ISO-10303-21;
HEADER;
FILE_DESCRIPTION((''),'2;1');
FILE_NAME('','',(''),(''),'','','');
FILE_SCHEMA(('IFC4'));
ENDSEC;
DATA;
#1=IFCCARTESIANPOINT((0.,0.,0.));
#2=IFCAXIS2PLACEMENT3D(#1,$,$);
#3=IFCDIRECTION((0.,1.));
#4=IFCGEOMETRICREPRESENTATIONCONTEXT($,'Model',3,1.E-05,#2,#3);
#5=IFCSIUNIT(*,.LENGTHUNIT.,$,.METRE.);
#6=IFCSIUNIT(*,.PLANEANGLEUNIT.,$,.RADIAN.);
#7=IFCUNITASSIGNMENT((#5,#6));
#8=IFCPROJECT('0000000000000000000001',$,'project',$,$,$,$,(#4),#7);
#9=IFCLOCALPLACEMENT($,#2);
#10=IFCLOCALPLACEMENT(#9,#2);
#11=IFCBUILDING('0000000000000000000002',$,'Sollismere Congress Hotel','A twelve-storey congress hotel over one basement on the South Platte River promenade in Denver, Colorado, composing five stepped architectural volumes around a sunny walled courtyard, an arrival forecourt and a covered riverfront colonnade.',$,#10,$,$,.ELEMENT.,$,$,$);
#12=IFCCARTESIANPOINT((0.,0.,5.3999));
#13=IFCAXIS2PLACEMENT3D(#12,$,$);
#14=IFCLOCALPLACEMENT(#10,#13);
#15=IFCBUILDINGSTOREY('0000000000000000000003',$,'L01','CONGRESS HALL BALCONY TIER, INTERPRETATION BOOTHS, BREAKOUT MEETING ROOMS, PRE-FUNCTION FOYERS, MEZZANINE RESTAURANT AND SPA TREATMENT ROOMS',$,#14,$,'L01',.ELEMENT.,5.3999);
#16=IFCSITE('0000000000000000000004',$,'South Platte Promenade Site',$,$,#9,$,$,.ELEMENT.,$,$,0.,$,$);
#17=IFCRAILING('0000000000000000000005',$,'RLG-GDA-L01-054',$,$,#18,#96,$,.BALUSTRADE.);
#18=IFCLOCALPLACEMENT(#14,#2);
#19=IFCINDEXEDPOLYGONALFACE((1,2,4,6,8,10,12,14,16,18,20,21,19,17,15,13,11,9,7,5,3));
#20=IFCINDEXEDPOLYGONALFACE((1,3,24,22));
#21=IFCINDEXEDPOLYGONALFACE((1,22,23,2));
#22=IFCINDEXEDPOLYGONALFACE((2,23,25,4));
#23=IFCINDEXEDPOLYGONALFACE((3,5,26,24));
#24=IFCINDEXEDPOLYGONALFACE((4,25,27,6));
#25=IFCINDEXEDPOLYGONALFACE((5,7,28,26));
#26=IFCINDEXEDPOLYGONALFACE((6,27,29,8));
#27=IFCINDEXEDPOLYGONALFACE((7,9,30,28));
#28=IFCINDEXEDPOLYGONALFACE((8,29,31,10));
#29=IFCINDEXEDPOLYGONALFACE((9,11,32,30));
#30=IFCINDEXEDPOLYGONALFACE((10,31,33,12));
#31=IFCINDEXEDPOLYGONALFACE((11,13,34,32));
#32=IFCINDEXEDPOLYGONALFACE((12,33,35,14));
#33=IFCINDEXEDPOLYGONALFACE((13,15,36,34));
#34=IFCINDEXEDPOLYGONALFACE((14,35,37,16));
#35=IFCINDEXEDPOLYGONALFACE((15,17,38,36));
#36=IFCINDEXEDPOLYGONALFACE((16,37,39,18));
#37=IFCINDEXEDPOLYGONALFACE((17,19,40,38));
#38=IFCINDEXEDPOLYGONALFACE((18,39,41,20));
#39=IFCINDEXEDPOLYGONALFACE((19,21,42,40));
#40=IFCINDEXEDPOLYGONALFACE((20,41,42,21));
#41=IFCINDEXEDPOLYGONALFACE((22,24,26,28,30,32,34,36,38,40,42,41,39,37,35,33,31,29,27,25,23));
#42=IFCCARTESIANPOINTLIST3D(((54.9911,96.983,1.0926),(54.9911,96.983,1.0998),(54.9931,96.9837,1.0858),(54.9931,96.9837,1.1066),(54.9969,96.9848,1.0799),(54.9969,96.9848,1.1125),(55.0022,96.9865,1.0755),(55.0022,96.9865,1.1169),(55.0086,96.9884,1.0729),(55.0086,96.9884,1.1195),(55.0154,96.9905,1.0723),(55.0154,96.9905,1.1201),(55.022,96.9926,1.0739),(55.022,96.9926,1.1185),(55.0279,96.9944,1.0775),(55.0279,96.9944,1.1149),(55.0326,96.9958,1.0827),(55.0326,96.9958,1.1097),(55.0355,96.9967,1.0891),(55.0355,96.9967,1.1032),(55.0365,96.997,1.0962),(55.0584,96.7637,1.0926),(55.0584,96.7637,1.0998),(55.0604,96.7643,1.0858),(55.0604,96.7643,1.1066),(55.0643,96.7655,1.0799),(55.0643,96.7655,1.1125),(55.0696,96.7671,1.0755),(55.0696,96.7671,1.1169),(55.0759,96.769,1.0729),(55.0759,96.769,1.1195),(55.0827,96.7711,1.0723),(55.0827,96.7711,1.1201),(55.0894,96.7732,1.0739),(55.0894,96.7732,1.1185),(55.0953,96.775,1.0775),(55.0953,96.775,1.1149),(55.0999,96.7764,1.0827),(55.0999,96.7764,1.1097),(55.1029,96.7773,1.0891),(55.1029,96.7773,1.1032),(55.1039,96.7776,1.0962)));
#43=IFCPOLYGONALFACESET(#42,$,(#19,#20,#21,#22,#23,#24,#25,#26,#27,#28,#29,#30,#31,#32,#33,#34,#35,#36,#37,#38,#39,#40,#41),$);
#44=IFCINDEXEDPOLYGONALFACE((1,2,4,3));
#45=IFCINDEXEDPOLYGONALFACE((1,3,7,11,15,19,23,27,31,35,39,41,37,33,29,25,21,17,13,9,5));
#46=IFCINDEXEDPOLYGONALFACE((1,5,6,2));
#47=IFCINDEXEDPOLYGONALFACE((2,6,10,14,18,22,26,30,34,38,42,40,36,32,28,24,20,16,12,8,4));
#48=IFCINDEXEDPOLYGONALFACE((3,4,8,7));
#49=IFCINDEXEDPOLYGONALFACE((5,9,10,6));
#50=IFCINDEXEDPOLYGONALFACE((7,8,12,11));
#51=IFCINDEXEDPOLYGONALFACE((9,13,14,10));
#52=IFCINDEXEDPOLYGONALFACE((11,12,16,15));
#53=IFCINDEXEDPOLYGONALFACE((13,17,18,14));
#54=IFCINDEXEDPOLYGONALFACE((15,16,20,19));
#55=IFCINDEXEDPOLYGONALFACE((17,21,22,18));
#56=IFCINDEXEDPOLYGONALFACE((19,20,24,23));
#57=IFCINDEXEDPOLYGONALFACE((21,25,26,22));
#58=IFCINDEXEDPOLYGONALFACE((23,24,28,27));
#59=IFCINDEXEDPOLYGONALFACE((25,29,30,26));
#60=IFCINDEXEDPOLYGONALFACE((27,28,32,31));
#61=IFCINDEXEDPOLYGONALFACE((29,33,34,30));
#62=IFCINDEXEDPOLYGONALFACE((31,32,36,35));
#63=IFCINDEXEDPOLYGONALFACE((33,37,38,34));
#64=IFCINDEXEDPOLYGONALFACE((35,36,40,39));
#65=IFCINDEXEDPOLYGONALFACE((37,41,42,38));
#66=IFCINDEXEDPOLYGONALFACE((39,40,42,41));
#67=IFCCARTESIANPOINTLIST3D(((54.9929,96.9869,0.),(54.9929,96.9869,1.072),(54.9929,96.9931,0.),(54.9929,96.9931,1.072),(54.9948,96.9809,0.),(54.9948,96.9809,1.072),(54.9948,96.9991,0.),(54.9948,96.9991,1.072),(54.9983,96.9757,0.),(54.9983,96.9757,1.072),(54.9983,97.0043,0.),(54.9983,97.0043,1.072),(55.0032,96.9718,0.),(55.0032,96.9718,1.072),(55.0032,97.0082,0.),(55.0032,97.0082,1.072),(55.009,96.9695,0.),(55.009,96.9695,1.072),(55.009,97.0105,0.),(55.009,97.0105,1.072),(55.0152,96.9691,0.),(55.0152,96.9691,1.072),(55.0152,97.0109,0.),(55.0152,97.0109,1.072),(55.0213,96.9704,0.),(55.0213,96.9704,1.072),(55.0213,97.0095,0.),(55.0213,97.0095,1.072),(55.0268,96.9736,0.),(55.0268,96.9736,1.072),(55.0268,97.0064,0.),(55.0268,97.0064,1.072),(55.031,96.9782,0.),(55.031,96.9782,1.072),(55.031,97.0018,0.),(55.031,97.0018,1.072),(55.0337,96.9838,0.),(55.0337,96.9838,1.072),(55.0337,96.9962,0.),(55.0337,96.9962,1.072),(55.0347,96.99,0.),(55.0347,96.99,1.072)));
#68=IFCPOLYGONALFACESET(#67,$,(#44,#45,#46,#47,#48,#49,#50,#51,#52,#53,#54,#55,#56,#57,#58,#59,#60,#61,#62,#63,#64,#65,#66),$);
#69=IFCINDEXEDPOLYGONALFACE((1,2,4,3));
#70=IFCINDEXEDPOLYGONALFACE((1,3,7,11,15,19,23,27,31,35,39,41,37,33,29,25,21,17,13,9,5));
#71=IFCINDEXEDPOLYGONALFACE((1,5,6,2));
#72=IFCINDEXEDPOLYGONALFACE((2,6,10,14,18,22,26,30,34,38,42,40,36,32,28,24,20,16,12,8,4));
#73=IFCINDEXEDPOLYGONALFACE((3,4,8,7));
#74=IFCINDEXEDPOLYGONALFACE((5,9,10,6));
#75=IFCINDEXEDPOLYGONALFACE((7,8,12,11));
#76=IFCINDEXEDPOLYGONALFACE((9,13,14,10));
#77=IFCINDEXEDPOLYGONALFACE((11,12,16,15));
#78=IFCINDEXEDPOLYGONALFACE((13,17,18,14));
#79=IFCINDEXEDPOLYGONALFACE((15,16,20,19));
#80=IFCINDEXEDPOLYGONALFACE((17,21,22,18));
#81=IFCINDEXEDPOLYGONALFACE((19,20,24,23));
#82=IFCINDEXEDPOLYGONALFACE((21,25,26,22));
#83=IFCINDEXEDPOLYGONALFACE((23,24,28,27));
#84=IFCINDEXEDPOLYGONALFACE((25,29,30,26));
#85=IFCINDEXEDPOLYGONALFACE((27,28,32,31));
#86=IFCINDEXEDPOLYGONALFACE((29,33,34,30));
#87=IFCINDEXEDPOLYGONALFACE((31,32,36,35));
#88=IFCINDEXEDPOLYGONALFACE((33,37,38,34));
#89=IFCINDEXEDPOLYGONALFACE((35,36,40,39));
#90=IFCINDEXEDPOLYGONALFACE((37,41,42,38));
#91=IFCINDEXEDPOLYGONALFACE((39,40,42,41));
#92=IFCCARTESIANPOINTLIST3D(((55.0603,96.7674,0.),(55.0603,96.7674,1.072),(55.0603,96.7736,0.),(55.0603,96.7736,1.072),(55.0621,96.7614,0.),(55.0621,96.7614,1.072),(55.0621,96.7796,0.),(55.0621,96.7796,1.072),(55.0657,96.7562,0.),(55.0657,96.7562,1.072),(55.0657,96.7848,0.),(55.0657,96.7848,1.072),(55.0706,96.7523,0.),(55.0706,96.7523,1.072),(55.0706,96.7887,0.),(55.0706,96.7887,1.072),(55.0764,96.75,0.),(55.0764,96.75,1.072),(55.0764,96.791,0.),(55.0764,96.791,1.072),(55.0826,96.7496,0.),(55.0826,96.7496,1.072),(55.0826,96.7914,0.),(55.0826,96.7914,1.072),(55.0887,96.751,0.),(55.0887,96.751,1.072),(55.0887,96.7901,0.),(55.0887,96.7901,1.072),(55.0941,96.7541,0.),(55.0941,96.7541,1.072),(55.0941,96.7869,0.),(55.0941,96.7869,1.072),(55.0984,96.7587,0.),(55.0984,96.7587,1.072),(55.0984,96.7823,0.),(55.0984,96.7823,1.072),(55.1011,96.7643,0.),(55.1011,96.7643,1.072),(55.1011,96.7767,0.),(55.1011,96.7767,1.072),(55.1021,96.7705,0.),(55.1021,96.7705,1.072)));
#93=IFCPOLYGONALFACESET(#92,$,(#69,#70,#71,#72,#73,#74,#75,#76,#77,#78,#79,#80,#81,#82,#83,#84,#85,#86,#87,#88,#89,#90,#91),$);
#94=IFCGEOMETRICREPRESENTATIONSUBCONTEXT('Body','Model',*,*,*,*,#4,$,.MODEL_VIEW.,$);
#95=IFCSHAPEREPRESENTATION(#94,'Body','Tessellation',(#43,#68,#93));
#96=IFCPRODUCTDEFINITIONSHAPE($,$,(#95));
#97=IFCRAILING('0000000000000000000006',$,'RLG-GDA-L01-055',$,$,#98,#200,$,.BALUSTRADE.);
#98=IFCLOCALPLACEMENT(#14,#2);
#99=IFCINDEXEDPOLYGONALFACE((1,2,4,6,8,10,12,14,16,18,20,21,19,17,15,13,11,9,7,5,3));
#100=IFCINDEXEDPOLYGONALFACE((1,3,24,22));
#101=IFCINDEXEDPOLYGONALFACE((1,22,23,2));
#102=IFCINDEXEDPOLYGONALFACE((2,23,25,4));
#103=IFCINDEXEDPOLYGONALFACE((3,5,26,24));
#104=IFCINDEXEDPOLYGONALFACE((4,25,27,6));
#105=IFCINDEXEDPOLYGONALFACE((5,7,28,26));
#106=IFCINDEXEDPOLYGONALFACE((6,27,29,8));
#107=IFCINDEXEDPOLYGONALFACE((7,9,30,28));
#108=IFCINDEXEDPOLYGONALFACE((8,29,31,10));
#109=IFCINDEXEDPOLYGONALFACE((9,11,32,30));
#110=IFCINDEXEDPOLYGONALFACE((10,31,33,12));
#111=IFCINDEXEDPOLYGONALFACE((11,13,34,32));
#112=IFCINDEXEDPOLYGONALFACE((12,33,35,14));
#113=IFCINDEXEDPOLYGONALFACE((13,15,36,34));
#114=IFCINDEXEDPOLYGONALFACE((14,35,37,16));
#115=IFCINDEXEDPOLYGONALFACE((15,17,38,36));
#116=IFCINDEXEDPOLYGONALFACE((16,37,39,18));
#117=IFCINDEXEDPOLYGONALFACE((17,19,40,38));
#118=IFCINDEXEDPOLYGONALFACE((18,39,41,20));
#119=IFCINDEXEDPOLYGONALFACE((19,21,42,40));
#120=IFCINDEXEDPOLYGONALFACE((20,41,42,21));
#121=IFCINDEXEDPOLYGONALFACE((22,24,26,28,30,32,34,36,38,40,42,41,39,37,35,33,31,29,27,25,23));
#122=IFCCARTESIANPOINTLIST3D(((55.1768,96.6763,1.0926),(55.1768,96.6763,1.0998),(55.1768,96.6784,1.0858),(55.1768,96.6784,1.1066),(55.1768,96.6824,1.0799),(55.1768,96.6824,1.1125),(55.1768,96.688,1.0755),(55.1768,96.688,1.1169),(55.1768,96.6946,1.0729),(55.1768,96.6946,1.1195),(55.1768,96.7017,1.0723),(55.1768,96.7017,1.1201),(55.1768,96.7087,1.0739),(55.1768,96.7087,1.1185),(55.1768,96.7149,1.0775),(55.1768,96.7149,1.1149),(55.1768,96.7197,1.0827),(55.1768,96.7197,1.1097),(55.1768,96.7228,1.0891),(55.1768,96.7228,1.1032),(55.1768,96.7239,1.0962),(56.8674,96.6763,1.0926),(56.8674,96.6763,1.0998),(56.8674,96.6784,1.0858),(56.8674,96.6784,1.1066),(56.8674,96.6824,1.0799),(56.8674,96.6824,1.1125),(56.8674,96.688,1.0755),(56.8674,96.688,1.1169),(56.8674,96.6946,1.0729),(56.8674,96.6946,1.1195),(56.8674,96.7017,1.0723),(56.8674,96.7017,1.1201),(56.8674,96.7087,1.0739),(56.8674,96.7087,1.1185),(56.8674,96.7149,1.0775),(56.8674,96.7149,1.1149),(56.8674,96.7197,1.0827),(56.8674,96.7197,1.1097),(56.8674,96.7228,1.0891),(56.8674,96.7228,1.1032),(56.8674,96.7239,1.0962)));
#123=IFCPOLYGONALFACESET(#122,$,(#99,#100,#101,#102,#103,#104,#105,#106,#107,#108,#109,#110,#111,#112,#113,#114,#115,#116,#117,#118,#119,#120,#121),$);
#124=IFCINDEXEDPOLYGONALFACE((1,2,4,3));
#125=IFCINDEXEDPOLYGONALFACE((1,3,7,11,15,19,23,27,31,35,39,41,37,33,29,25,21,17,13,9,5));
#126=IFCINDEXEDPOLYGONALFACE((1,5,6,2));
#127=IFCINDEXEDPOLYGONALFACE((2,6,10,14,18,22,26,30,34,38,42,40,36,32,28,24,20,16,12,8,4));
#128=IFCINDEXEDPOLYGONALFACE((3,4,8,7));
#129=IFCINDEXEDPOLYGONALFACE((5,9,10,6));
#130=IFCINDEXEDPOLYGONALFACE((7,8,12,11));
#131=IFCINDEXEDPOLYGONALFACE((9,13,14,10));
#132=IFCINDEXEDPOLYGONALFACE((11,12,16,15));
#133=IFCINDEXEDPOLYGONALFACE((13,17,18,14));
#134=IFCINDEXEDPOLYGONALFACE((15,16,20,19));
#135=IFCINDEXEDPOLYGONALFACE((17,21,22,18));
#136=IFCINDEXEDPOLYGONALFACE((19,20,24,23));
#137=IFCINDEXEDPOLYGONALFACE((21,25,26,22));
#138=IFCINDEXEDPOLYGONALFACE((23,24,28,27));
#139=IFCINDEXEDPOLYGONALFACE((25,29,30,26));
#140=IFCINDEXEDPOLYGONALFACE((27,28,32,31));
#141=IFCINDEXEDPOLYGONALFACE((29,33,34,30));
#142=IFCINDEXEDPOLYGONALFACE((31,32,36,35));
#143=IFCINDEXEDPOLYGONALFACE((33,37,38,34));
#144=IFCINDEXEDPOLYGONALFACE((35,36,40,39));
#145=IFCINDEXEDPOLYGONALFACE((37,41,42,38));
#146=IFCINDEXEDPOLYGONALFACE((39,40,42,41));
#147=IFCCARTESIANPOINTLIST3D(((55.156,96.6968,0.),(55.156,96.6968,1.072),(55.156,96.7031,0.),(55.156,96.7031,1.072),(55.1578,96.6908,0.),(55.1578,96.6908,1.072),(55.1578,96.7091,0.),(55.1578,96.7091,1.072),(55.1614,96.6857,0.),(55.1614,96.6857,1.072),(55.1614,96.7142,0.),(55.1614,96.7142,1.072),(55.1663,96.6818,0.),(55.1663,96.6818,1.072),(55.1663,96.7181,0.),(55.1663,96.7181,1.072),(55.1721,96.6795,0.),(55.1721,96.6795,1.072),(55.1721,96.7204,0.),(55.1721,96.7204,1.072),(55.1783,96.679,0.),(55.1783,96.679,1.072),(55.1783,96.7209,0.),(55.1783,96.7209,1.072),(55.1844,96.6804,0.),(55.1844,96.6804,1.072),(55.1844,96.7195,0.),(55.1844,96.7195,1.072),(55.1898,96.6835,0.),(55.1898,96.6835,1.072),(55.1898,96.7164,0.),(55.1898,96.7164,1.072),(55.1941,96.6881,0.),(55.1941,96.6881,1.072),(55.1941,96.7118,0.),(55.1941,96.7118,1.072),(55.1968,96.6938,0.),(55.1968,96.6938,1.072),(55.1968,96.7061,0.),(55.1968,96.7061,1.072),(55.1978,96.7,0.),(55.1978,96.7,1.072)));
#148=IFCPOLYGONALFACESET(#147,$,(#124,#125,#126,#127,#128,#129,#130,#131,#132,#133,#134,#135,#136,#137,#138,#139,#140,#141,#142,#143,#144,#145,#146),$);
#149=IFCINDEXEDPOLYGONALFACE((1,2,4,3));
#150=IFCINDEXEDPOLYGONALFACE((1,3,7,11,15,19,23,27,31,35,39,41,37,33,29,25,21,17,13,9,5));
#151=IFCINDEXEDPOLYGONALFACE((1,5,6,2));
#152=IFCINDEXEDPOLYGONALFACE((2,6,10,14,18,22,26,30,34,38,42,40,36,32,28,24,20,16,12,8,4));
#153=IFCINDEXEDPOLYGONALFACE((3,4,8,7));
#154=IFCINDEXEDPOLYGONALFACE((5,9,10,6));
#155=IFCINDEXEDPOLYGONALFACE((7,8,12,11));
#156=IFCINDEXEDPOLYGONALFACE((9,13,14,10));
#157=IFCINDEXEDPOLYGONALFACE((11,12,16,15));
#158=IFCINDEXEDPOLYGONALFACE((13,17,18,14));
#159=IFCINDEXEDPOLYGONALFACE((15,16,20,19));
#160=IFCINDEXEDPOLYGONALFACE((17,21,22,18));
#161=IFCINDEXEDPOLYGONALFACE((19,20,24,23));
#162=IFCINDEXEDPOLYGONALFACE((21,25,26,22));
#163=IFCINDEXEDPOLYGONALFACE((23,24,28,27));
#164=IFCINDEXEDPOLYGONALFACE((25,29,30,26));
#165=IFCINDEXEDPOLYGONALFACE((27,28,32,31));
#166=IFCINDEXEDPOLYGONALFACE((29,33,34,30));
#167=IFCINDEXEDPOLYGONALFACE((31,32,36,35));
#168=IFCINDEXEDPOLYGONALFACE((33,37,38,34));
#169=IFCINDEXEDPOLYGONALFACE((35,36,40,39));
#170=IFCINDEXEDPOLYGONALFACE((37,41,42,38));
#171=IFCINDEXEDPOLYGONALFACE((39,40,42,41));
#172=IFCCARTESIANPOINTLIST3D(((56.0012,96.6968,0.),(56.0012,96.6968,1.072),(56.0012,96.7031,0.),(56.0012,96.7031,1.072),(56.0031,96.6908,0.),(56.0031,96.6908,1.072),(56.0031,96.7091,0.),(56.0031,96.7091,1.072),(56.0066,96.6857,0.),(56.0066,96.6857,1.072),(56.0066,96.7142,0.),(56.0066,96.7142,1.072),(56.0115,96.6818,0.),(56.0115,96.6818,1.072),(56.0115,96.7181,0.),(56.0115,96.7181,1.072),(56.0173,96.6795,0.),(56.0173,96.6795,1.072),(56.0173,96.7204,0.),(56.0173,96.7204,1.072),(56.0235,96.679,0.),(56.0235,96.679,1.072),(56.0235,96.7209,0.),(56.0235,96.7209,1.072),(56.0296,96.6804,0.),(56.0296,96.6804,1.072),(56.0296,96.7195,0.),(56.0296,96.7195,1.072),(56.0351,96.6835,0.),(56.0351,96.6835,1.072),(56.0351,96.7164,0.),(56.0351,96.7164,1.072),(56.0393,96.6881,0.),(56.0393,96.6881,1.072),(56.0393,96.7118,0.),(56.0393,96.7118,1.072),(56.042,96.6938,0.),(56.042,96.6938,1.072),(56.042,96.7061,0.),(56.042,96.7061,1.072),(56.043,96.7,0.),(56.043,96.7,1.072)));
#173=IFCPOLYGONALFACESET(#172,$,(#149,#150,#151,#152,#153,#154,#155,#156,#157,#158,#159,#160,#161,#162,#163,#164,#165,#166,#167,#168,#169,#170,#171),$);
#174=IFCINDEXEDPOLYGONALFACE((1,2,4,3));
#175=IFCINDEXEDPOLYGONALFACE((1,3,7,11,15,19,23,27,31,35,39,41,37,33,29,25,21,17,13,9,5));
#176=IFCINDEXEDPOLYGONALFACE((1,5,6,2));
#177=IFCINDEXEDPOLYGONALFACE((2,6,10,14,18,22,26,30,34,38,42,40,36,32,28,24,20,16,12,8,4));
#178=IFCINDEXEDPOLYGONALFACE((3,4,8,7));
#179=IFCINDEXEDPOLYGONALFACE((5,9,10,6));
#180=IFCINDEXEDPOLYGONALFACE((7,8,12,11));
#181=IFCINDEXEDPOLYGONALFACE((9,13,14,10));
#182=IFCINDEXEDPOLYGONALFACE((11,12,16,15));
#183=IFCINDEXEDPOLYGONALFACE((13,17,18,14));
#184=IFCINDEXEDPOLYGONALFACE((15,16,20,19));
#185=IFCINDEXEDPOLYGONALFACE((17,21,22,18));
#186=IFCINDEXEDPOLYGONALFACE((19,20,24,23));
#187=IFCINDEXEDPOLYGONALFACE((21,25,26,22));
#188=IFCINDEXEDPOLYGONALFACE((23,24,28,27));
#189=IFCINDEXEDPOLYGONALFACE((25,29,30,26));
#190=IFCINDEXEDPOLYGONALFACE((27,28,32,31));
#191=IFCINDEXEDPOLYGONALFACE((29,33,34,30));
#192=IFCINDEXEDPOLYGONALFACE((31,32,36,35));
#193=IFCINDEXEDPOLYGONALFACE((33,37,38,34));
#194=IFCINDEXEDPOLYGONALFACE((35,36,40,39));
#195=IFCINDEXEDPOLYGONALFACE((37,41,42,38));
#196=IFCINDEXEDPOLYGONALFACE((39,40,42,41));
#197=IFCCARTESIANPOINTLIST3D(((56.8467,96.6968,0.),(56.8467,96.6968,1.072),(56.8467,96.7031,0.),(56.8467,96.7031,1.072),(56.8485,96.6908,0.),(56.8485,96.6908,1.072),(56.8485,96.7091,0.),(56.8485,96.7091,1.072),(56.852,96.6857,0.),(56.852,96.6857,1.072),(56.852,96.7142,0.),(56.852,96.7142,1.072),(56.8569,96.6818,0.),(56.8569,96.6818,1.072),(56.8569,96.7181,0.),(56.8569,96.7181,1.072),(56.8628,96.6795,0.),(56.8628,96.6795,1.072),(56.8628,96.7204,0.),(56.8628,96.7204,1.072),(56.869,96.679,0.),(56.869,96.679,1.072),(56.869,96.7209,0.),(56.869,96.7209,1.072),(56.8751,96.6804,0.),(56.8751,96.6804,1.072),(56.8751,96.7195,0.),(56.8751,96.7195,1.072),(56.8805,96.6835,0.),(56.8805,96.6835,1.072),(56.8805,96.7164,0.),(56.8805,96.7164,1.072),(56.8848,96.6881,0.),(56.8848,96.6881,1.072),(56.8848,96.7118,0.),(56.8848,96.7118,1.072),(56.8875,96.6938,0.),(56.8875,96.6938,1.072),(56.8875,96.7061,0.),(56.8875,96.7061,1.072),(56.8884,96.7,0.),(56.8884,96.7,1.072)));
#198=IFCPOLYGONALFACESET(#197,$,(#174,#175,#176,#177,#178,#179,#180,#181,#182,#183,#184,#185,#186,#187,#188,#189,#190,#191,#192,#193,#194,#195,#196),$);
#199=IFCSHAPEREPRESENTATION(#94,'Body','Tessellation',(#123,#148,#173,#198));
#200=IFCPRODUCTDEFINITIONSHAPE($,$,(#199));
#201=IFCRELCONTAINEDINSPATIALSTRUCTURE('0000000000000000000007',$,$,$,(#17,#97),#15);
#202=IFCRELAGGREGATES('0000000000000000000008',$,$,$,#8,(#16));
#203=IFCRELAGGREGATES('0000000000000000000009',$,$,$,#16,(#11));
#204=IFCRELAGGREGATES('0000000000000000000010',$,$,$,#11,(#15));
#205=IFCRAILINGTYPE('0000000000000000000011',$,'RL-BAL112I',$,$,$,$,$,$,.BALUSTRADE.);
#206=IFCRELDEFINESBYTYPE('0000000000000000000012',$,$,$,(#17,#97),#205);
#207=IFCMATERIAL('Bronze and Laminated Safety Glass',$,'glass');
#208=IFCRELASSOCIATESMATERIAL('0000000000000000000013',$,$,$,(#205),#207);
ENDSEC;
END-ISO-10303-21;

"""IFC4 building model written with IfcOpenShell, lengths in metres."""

from ifc_helpers import new_model, si_unit, direction, frame, origin, origin_2d, place, context, subcontext, project, spatial, circle, extrude, material, type_object, element, save


model = new_model("IFC4")

# Units and contexts
model_context = context("Model", 3, precision=1e-05, world=origin(), true_north=direction((0.0, 1.0)))
body_context = subcontext(model_context, "Body", "Model", "MODEL_VIEW")
ifc_project = project(units=[si_unit("LENGTHUNIT", "METRE"), si_unit("PLANEANGLEUNIT", "RADIAN")], contexts=[model_context])

# Site, building, storey
site_placement = place(None, origin())
site = spatial("IfcSite", under=ifc_project, at=site_placement, Name="South Platte Promenade Site", CompositionType="ELEMENT", RefElevation=0.0)
building_placement = place(site_placement, origin())
building = spatial("IfcBuilding", under=site, at=building_placement, Name="Sollismere Congress Hotel", Description="A twelve-storey congress hotel over one basement on the South Platte River promenade in Denver, Colorado, composing five stepped architectural volumes around a sunny walled courtyard, an arrival forecourt and a covered riverfront colonnade.", CompositionType="ELEMENT")
storey_placement = place(building_placement, frame((0.0, 0.0, 5.3999)))
storey = spatial("IfcBuildingStorey", under=building, at=storey_placement, Name="L01", Description="CONGRESS HALL BALCONY TIER, INTERPRETATION BOOTHS, BREAKOUT MEETING ROOMS, PRE-FUNCTION FOYERS, MEZZANINE RESTAURANT AND SPA TREATMENT ROOMS", LongName="L01", CompositionType="ELEMENT", Elevation=5.3999)

# Railings
ifc_material_1 = material(Name="Bronze and Laminated Safety Glass", Category="glass")
railing_type_1 = type_object("IfcRailingType", Name="RL-BAL112I", PredefinedType="BALUSTRADE", material=ifc_material_1)
railing_1_placement = place(storey_placement, frame((55.0137, 96.99, 0.0)))
element("IfcRailing", 1, at=railing_1_placement, inside=storey, type_object=railing_type_1, Name="RLG-GDA-L01-054", PredefinedType="BALUSTRADE", context=body_context, shape_type="SweptSolid", body=[
    extrude(circle(Radius=0.0239, at=origin_2d()), frame((0.0, 0.0, 1.0962), z_axis=(0.293488, -0.955963, 0.0), x_axis=(0.955963, 0.293488, 0.0)), (0.0, 0.0, 1.0), 0.2295),
    extrude(circle(Radius=0.021, at=origin_2d()), origin(), (0.0, 0.0, 1.0), 1.072),
    extrude(circle(Radius=0.021, at=origin_2d()), frame((0.0674, -0.2195, 0.0)), (0.0, 0.0, 1.0), 1.072),
])
railing_2_placement = place(storey_placement, frame((55.1768, 96.7, 0.0)))
element("IfcRailing", 2, at=railing_2_placement, inside=storey, type_object=railing_type_1, Name="RLG-GDA-L01-055", PredefinedType="BALUSTRADE", context=body_context, shape_type="SweptSolid", body=[
    extrude(circle(Radius=0.0239, at=origin_2d()), frame((0.0, 0.0, 1.0962), z_axis=(1.0, 0.0, 0.0), x_axis=(0.0, 1.0, 0.0)), (0.0, 0.0, 1.0), 1.6907),
    extrude(circle(Radius=0.021, at=origin_2d()), origin(), (0.0, 0.0, 1.0), 1.072),
    extrude(circle(Radius=0.021, at=origin_2d()), frame((0.8452, 0.0, 0.0)), (0.0, 0.0, 1.0), 1.072),
    extrude(circle(Radius=0.021, at=origin_2d()), frame((1.6907, 0.0, 0.0)), (0.0, 0.0, 1.0), 1.072),
])

save(model, "model.ifc")
